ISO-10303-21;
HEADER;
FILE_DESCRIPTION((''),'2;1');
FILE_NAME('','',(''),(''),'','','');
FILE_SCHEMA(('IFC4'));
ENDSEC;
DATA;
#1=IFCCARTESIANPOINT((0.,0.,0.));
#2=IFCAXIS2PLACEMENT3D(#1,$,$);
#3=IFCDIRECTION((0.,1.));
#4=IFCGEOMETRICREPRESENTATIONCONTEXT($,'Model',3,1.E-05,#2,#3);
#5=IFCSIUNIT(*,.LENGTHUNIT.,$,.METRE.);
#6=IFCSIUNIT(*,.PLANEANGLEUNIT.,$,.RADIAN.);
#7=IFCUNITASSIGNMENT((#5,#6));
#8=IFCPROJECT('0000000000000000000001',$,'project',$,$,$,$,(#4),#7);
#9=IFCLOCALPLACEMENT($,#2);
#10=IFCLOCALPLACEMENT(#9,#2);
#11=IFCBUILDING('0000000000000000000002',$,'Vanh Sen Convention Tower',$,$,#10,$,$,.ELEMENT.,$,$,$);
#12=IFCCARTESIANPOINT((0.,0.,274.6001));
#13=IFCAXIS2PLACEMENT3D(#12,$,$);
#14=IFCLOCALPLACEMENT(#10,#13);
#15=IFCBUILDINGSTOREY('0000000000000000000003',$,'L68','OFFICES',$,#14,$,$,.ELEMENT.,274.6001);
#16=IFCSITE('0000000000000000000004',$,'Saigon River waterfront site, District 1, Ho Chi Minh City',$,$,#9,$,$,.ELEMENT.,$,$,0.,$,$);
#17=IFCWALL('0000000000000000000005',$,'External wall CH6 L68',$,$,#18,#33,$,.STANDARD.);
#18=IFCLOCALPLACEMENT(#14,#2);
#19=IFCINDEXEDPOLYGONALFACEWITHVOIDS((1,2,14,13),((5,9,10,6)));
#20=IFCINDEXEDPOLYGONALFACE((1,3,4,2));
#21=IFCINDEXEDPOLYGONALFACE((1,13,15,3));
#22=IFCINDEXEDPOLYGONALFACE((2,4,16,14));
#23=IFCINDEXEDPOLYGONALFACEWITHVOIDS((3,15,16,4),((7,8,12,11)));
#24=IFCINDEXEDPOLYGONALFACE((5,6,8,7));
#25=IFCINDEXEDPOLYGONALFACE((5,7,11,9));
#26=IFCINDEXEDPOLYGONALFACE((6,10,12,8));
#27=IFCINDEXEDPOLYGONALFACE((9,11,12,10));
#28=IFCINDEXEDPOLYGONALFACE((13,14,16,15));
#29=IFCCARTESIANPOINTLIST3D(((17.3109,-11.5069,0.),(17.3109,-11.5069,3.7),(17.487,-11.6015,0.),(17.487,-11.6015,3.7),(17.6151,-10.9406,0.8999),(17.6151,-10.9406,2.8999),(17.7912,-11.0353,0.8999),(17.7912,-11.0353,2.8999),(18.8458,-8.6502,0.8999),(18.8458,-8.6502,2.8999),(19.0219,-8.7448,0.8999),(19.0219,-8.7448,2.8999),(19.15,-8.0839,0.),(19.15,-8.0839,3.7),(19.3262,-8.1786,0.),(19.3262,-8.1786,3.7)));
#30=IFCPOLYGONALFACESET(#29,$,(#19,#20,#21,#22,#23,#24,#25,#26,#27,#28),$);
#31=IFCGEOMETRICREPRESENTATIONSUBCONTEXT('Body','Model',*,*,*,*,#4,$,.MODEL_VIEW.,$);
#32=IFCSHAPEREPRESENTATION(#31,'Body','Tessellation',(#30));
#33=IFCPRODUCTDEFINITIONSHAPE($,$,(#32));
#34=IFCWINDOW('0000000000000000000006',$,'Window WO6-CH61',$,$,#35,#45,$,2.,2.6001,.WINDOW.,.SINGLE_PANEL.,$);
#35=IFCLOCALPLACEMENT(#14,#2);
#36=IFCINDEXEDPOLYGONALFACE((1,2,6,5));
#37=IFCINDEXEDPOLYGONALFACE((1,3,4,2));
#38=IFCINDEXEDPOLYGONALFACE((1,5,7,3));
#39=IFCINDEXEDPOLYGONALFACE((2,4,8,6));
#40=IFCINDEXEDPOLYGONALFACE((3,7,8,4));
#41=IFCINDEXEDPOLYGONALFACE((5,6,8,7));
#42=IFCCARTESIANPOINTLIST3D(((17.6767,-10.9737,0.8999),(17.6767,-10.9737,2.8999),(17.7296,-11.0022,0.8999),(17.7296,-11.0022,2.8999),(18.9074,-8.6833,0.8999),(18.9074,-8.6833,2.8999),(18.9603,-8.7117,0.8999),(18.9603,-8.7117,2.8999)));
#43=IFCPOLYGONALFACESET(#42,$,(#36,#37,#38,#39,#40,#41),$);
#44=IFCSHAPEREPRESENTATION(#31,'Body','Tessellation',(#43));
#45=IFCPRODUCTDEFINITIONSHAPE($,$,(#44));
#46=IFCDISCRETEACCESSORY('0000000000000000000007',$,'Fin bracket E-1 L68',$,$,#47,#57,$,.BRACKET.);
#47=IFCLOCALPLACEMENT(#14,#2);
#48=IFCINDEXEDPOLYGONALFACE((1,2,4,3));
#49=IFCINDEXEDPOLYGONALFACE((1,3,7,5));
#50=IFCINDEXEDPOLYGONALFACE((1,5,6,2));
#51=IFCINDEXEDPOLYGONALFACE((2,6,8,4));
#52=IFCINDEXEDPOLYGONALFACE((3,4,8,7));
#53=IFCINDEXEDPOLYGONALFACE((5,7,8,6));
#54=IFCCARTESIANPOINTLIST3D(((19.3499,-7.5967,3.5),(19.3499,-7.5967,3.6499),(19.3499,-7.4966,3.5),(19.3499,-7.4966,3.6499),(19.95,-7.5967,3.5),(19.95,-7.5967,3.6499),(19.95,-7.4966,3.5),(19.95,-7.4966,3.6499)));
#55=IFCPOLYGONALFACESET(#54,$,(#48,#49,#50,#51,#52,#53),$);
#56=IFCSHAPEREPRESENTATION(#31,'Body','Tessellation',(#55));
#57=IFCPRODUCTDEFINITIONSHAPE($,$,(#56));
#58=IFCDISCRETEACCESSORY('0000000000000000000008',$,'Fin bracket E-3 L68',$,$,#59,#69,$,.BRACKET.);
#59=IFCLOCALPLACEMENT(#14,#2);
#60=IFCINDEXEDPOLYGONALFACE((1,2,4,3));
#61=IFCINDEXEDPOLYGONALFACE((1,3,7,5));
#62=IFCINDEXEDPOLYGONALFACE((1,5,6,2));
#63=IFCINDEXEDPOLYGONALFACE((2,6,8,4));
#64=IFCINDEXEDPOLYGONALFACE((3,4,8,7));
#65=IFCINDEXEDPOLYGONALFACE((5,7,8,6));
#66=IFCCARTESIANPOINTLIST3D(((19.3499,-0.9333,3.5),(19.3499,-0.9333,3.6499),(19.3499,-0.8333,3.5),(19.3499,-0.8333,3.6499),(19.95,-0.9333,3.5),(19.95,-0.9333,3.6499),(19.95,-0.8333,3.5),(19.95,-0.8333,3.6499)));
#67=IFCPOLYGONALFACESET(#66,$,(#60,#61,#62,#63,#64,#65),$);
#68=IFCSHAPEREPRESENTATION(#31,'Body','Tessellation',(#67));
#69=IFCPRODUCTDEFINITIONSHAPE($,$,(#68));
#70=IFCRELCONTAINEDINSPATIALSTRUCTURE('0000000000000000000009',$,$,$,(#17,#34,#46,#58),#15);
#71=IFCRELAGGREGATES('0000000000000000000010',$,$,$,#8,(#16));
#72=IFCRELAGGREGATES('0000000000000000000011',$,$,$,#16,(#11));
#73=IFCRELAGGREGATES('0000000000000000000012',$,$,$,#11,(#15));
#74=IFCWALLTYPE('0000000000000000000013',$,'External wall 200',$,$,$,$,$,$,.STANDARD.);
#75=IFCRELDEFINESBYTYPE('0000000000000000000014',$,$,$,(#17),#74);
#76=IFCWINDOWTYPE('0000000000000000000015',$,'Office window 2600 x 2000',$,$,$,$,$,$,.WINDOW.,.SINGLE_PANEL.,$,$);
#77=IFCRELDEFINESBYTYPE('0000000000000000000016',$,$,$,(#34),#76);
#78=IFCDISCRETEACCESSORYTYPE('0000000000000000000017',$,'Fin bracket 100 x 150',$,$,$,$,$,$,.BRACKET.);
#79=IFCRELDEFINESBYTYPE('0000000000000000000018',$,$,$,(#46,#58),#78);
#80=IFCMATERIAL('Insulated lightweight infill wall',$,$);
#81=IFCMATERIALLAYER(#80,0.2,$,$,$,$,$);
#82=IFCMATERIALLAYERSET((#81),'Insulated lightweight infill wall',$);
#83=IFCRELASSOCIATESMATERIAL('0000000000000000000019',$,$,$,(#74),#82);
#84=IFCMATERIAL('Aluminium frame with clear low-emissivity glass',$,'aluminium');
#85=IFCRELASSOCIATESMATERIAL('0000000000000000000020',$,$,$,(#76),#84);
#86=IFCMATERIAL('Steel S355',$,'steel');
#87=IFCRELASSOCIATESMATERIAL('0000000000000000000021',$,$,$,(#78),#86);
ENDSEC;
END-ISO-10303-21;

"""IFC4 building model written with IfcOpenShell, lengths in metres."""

from ifc_helpers import new_model, si_unit, direction, frame, frame_2d, origin, origin_2d, place, context, subcontext, project, spatial, rectangle, extrude, material, layer, layer_set, type_object, element, fill, save


model = new_model("IFC4")

# Units and contexts
model_context = context("Model", 3, precision=1e-05, world=origin(), true_north=direction((0.0, 1.0)))
body_context = subcontext(model_context, "Body", "Model", "MODEL_VIEW")
ifc_project = project(units=[si_unit("LENGTHUNIT", "METRE"), si_unit("PLANEANGLEUNIT", "RADIAN")], contexts=[model_context])

# Site, building, storey
site_placement = place(None, origin())
site = spatial("IfcSite", under=ifc_project, at=site_placement, Name="Saigon River waterfront site, District 1, Ho Chi Minh City", CompositionType="ELEMENT", RefElevation=0.0)
building_placement = place(site_placement, origin())
building = spatial("IfcBuilding", under=site, at=building_placement, Name="Vanh Sen Convention Tower", CompositionType="ELEMENT")
storey_placement = place(building_placement, frame((0.0, 0.0, 274.6001)))
storey = spatial("IfcBuildingStorey", under=building, at=storey_placement, Name="L68", Description="OFFICES", CompositionType="ELEMENT", Elevation=274.6001)

# Shared definitions
ifc_material_1 = material(Name="Insulated lightweight infill wall")
ifc_layer_1 = layer(ifc_material_1, 0.2)
ifc_layer_set_1 = layer_set([ifc_layer_1], Name="Insulated lightweight infill wall")
wall_type_1 = type_object("IfcWallType", Name="External wall 200", PredefinedType="STANDARD", material=ifc_layer_set_1)
ifc_material_2 = material(Name="Aluminium frame with clear low-emissivity glass", Category="aluminium")

# Wall, opening, window
wall_1_placement = place(storey_placement, frame((17.3989, -11.5542, 0.0), z_axis=(0.0, 0.0, 1.0), x_axis=(0.473309, 0.880896, 0.0)))
wall_1 = element("IfcWall", 1, at=wall_1_placement, inside=storey, type_object=wall_type_1, Name="External wall CH6 L68", PredefinedType="STANDARD", context=body_context, shape_type="SweptSolid", body=[
    extrude(rectangle(XDim=3.8857, YDim=0.2, at=frame_2d((1.9429, 0.0))), origin(), (0.0, 0.0, 1.0), 3.7),
])
opening_1_placement = place(wall_1_placement, frame((0.6428, 0.0, 0.8999)))
opening_1 = element("IfcOpeningElement", 2, at=opening_1_placement, cuts=wall_1, PredefinedType="OPENING", context=body_context, shape_type="SweptSolid", body=[
    extrude(rectangle(XDim=2.6001, YDim=2.0, at=frame_2d((1.3, 1.0))), frame((0.0, 0.1099, 0.0), z_axis=(0.0, -1.0, 0.0), x_axis=(1.0, 0.0, 0.0)), (0.0, 0.0, 1.0), 0.22),
])
window_type_1 = type_object("IfcWindowType", Name="Office window 2600 x 2000", PartitioningType="SINGLE_PANEL", PredefinedType="WINDOW", material=ifc_material_2)
window_1_placement = place(opening_1_placement, origin())
window_1 = element("IfcWindow", 3, at=window_1_placement, inside=storey, type_object=window_type_1, Name="Window WO6-CH61", OverallHeight=2.0, OverallWidth=2.6001, PartitioningType="SINGLE_PANEL", PredefinedType="WINDOW", context=body_context, shape_type="SweptSolid", body=[
    extrude(rectangle(XDim=2.6001, YDim=2.0, at=frame_2d((1.3, 1.0))), frame((0.0, 0.03, 0.0), z_axis=(0.0, -1.0, 0.0), x_axis=(1.0, 0.0, 0.0)), (0.0, 0.0, 1.0), 0.0601),
])
fill(opening_1, window_1)

# Discrete accessories
ifc_material_3 = material(Name="Steel S355", Category="steel")
discrete_accessory_type = type_object("IfcDiscreteAccessoryType", Name="Fin bracket 100 x 150", PredefinedType="BRACKET", material=ifc_material_3)
for number, where, z_axis, x_axis, name in (
    (4, (19.6499, -7.5466, 3.5), (0.0, 0.0, 1.0), (1.0, 0.0, 0.0), "Fin bracket E-1 L68"),
    (5, (19.6499, -0.8833, 3.5), (0.0, 0.0, 1.0), (1.0, 0.0, 0.0), "Fin bracket E-3 L68"),
):
    element("IfcDiscreteAccessory", number, at=place(storey_placement, frame(where, z_axis=z_axis, x_axis=x_axis)), inside=storey, type_object=discrete_accessory_type, Name=name, PredefinedType="BRACKET", context=body_context, shape_type="SweptSolid", body=[
        extrude(rectangle(XDim=0.6001, YDim=0.1001, at=origin_2d()), origin(), (0.0, 0.0, 1.0), 0.1499),
    ])

save(model, "model.ifc")
